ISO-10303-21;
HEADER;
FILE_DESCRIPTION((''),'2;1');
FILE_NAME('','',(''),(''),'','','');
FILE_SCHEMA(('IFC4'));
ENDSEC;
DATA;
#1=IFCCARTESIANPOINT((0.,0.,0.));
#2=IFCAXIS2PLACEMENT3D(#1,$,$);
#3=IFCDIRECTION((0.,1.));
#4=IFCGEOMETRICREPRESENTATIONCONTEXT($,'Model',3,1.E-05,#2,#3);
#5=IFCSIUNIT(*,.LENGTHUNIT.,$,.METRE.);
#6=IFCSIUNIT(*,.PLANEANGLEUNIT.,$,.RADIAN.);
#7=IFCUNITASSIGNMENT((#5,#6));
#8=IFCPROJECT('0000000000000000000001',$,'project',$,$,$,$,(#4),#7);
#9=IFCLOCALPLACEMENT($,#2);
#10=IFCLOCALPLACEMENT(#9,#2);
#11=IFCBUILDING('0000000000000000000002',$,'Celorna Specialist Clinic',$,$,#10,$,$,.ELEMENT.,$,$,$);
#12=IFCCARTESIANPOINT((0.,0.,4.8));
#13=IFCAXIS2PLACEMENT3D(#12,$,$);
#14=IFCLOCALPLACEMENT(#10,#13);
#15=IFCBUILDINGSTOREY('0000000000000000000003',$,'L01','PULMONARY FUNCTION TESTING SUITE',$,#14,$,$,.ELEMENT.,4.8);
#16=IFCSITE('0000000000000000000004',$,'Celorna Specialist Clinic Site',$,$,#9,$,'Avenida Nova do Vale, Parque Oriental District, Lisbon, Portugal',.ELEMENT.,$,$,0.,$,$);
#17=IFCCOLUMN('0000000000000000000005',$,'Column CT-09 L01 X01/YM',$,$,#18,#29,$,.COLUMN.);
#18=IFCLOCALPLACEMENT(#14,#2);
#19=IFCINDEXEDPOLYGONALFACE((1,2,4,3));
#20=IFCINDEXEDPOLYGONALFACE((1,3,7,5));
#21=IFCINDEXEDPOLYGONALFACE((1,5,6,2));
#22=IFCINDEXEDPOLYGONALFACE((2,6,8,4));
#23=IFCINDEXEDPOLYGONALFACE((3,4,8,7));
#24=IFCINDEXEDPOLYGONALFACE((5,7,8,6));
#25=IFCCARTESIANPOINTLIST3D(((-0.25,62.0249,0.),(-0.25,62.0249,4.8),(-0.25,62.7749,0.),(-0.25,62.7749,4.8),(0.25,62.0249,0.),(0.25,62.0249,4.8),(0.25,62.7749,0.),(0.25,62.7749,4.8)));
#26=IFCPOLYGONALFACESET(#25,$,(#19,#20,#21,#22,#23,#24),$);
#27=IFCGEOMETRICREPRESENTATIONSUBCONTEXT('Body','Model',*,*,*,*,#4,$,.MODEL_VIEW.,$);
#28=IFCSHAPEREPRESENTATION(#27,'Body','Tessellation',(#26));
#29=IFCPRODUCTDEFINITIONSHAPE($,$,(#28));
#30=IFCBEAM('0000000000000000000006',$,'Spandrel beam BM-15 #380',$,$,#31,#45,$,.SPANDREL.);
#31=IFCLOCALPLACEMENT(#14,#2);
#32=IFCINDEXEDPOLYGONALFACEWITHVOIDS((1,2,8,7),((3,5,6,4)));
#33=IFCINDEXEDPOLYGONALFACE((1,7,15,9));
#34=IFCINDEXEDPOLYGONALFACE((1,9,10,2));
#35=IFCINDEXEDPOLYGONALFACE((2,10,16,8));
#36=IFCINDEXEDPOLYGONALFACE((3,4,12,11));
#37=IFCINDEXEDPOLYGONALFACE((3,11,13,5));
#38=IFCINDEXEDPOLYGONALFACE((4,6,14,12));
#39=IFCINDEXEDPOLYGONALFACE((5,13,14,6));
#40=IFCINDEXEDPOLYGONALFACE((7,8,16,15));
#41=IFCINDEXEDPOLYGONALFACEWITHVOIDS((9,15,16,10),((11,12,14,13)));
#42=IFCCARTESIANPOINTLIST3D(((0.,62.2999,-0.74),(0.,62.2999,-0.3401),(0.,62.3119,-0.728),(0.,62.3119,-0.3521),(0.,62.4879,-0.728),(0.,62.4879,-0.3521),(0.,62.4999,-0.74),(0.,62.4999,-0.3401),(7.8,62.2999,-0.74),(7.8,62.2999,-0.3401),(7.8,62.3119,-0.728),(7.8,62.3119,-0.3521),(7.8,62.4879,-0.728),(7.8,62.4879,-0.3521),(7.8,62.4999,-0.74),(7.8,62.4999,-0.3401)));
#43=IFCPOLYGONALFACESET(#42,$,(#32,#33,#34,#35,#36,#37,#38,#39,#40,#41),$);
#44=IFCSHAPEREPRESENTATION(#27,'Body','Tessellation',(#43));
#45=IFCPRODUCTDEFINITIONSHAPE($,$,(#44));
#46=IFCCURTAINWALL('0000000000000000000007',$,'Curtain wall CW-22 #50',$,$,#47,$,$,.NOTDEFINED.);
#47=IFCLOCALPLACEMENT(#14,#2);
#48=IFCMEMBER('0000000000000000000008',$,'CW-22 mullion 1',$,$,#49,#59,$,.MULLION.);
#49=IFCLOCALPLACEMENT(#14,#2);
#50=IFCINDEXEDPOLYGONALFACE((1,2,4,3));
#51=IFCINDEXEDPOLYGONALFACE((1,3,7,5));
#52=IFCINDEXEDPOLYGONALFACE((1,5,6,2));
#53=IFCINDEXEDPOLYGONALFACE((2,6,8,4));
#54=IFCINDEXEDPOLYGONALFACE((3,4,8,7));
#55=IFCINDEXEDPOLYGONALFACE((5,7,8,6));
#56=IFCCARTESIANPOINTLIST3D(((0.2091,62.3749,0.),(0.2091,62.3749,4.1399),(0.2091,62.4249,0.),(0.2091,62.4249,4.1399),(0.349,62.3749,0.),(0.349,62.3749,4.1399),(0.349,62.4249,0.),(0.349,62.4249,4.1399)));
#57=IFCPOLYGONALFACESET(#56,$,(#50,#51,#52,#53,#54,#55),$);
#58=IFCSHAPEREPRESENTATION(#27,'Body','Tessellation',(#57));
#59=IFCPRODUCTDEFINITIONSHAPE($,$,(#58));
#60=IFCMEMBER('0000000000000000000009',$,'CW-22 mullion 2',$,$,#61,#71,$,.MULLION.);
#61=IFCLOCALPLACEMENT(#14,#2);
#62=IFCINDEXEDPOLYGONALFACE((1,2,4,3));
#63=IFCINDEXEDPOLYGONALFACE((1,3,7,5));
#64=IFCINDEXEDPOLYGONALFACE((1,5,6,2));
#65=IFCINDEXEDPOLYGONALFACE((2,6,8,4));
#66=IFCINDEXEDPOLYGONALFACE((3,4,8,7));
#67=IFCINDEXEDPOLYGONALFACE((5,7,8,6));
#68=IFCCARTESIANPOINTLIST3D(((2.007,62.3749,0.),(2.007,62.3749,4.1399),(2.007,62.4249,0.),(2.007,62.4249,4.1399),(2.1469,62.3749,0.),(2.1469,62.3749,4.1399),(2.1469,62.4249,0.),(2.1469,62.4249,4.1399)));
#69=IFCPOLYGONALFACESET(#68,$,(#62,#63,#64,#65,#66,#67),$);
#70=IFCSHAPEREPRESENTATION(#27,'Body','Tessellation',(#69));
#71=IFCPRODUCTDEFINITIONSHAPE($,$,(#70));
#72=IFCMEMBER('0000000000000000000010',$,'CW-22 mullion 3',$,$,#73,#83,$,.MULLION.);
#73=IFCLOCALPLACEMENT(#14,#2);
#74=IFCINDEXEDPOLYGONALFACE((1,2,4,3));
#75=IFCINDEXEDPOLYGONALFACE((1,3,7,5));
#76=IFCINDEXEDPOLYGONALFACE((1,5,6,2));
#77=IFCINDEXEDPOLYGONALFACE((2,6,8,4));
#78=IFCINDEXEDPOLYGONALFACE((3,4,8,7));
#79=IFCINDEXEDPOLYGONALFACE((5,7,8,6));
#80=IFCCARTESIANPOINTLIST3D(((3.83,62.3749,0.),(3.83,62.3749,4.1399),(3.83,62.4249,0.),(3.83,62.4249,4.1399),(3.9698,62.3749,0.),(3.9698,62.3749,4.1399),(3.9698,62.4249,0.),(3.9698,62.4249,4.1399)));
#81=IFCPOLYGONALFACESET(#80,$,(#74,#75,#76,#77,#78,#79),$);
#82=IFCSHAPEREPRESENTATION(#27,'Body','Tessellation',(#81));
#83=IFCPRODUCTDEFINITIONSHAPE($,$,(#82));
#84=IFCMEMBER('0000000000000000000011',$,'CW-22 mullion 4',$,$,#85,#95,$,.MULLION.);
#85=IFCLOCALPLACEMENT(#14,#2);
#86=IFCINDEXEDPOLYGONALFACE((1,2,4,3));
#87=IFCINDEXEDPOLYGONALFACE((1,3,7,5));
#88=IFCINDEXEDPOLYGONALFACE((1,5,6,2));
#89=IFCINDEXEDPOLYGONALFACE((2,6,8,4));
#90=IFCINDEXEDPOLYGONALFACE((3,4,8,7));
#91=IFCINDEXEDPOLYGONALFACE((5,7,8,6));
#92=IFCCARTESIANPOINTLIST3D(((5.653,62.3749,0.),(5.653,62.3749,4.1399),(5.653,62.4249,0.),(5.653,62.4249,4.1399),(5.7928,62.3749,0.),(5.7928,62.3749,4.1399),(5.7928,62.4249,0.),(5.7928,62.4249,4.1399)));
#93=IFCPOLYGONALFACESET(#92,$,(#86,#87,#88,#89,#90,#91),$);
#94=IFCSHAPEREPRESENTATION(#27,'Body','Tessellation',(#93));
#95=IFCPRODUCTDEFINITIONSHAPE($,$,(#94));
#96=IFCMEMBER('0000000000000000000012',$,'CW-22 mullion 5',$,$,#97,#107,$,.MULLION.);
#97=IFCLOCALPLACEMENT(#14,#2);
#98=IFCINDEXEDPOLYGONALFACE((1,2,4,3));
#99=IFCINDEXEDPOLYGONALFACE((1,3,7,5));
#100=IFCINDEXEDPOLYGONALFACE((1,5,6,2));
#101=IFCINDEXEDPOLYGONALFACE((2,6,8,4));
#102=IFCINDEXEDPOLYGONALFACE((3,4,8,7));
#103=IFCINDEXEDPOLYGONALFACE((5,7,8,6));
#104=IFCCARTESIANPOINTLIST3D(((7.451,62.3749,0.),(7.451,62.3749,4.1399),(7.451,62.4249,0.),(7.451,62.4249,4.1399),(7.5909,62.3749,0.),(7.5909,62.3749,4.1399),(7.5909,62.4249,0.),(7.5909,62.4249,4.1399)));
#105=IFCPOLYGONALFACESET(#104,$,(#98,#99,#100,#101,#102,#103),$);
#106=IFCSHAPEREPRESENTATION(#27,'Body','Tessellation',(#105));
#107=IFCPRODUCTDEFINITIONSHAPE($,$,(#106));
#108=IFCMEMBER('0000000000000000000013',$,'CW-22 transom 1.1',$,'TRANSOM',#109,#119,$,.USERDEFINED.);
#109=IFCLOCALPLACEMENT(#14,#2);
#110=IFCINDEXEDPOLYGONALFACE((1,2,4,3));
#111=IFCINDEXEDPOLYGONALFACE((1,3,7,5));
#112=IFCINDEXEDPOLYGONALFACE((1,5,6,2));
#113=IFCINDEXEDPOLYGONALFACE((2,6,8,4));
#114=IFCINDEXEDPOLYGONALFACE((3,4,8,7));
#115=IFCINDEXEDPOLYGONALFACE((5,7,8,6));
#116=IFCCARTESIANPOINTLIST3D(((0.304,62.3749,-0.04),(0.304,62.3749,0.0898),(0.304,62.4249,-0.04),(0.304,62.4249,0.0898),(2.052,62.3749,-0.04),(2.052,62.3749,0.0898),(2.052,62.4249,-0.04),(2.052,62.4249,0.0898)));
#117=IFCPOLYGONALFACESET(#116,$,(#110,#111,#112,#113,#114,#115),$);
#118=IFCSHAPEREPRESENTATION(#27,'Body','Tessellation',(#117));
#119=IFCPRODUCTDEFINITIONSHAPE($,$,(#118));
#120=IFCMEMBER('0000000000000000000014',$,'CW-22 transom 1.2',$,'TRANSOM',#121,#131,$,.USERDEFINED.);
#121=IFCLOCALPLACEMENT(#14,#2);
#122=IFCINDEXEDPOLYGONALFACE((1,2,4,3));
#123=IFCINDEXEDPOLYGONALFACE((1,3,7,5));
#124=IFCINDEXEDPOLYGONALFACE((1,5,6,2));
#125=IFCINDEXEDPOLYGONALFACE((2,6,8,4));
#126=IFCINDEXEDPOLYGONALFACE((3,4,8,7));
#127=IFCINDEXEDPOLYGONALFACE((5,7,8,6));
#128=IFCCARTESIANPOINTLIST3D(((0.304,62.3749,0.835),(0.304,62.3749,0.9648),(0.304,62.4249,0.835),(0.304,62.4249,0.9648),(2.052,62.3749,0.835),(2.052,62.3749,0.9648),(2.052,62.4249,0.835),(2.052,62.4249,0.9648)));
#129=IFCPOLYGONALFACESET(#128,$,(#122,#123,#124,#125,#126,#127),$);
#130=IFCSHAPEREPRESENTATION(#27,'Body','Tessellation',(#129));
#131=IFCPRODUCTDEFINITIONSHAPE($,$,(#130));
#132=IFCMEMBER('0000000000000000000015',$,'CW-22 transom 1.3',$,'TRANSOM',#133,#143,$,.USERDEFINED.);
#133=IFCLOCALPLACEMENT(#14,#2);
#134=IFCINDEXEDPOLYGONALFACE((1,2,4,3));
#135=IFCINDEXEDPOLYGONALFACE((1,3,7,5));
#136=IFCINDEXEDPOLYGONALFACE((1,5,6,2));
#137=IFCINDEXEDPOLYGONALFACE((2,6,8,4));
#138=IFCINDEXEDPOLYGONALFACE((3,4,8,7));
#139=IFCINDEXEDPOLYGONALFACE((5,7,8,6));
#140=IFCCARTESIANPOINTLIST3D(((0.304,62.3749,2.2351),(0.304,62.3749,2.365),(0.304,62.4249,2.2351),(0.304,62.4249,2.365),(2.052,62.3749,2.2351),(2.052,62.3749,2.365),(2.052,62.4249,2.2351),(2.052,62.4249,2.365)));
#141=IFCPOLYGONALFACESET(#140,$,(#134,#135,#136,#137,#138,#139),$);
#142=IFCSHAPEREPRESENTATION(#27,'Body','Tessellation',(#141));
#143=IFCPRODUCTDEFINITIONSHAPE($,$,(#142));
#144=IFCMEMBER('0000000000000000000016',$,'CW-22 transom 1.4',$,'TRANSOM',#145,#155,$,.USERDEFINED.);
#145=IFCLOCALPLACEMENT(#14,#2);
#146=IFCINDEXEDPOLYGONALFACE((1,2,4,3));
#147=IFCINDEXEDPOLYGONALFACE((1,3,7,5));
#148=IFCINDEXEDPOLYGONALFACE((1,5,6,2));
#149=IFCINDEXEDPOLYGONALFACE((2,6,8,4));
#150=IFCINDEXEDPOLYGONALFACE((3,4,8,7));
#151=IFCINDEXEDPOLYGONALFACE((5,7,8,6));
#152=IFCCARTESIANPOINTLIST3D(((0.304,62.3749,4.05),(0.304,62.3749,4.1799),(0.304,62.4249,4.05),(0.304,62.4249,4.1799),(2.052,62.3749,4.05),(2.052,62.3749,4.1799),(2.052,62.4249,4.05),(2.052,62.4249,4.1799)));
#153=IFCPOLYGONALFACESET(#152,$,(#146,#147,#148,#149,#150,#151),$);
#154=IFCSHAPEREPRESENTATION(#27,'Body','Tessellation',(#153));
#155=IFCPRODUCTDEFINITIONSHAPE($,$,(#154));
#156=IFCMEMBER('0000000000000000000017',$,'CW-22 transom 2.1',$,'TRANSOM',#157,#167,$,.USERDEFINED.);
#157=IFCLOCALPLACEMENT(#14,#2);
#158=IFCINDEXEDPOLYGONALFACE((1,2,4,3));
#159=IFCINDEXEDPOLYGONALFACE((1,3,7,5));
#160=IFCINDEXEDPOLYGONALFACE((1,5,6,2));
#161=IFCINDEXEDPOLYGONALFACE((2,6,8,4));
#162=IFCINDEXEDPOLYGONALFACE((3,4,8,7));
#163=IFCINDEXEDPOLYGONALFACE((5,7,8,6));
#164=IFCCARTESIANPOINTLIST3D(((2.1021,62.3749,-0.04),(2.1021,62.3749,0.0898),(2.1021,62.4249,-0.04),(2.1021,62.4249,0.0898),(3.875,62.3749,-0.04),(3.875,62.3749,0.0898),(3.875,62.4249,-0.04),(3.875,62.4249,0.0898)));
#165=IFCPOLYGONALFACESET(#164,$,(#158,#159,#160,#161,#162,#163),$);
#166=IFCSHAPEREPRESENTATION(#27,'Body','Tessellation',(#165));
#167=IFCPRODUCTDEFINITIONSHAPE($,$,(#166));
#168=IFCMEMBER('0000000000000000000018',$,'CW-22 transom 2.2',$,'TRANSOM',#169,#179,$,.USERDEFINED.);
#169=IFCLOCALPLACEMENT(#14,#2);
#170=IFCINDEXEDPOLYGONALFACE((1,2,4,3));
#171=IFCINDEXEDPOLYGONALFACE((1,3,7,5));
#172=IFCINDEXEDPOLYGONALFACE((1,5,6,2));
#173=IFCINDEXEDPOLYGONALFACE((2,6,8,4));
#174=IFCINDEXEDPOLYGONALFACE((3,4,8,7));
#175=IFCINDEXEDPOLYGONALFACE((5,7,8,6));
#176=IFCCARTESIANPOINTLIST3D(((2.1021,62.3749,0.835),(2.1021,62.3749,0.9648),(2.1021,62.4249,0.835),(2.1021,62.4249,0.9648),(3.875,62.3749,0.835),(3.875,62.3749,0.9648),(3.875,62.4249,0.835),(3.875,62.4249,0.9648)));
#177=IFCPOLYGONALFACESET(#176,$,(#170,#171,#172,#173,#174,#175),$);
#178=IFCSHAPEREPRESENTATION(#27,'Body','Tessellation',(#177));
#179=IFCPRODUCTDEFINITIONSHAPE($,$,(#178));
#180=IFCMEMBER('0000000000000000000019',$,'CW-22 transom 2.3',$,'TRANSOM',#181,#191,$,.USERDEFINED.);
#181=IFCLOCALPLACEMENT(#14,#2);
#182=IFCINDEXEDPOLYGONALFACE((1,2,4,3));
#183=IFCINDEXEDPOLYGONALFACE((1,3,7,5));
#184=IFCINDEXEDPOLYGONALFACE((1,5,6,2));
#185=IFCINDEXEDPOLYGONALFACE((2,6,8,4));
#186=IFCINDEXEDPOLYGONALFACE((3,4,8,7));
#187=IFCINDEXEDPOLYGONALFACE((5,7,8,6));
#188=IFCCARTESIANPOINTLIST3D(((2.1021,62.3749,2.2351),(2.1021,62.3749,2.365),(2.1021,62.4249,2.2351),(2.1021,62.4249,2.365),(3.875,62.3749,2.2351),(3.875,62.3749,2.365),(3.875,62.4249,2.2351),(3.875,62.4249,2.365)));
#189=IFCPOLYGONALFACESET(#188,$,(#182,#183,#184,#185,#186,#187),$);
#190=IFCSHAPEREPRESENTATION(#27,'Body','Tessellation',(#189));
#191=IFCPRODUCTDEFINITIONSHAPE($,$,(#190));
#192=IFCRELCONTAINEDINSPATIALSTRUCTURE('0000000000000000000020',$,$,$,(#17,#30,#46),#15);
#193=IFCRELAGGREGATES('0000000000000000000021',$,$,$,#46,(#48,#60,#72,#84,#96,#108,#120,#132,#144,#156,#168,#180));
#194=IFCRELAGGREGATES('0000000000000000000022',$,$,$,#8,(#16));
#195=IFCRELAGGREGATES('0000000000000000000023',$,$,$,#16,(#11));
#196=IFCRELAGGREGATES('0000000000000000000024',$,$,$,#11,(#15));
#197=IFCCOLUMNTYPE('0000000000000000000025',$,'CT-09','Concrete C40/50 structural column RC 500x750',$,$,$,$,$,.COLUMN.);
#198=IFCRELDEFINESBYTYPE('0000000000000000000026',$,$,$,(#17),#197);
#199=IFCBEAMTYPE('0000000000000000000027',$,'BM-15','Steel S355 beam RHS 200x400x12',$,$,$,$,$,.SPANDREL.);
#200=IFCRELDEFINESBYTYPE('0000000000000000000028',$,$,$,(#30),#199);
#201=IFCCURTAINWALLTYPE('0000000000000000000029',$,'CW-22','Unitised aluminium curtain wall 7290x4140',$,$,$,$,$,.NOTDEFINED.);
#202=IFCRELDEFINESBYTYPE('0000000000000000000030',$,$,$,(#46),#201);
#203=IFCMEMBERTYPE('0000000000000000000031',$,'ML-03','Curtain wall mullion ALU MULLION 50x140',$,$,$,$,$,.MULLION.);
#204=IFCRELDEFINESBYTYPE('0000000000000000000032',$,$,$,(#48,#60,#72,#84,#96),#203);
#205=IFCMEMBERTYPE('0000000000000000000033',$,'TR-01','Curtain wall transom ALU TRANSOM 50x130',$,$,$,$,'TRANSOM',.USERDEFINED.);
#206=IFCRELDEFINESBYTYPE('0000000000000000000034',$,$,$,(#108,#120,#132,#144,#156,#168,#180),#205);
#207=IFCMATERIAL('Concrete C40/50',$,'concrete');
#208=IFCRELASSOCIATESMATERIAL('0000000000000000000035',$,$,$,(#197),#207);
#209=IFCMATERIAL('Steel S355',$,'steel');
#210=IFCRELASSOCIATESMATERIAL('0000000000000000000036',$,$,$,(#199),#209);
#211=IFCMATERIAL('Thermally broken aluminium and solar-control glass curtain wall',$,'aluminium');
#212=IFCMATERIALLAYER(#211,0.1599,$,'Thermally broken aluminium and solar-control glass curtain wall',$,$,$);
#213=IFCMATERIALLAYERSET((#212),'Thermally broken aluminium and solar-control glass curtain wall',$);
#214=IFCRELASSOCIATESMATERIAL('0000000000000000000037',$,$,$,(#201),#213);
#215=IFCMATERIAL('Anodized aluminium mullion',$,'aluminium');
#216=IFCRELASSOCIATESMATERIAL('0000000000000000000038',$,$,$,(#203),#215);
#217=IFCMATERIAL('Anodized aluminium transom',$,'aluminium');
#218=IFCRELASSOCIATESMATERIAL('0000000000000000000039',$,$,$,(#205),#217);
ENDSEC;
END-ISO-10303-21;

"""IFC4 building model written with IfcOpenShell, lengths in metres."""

from ifc_helpers import new_model, si_unit, direction, frame, origin, origin_2d, place, context, subcontext, project, spatial, rectangle, hollow_rectangle, extrude, material, layer, layer_set, material_profile, profile_set, type_object, element, aggregate, save


model = new_model("IFC4")

# Units and contexts
model_context = context("Model", 3, precision=1e-05, world=origin(), true_north=direction((0.0, 1.0)))
body_context = subcontext(model_context, "Body", "Model", "MODEL_VIEW")
ifc_project = project(units=[si_unit("LENGTHUNIT", "METRE"), si_unit("PLANEANGLEUNIT", "RADIAN")], contexts=[model_context])

# Site, building, storey
site_placement = place(None, origin())
site = spatial("IfcSite", under=ifc_project, at=site_placement, Name="Celorna Specialist Clinic Site", LongName="Avenida Nova do Vale, Parque Oriental District, Lisbon, Portugal", CompositionType="ELEMENT", RefElevation=0.0)
building_placement = place(site_placement, origin())
building = spatial("IfcBuilding", under=site, at=building_placement, Name="Celorna Specialist Clinic", CompositionType="ELEMENT")
storey_placement = place(building_placement, frame((0.0, 0.0, 4.8)))
storey = spatial("IfcBuildingStorey", under=building, at=storey_placement, Name="L01", Description="PULMONARY FUNCTION TESTING SUITE", CompositionType="ELEMENT", Elevation=4.8)

# Column
ifc_material_1 = material(Name="Concrete C40/50", Category="concrete")
ifc_material_profile_1 = material_profile(ifc_material_1, rectangle(XDim=0.5, YDim=0.75, at=origin_2d()), Name="RC 500x750")
ifc_profile_set_1 = profile_set([ifc_material_profile_1], Name="Concrete C40/50")
column_type = type_object("IfcColumnType", Name="CT-09", Description="Concrete C40/50 structural column RC 500x750", PredefinedType="COLUMN", material=ifc_profile_set_1)
column_placement = place(storey_placement, frame((0.0, 62.3999, 0.0), z_axis=(0.0, 0.0, 1.0), x_axis=(1.0, 0.0, 0.0)))
element("IfcColumn", 1, at=column_placement, inside=storey, type_object=column_type, Name="Column CT-09 L01 X01/YM", PredefinedType="COLUMN", context=body_context, shape_type="SweptSolid", body=[
    extrude(rectangle(XDim=0.5, YDim=0.75, at=origin_2d()), origin(), (0.0, 0.0, 1.0), 4.8),
])

# Beam
ifc_material_2 = material(Name="Steel S355", Category="steel")
ifc_material_profile_2 = material_profile(ifc_material_2, hollow_rectangle(XDim=0.2, YDim=0.3999, WallThickness=0.012, at=origin_2d()), Name="RHS 200x400x12")
ifc_profile_set_2 = profile_set([ifc_material_profile_2], Name="Steel S355")
beam_type = type_object("IfcBeamType", Name="BM-15", Description="Steel S355 beam RHS 200x400x12", PredefinedType="SPANDREL", material=ifc_profile_set_2)
beam_placement = place(storey_placement, frame((0.0, 62.3999, -0.54), z_axis=(1.0, 0.0, 0.0), x_axis=(0.0, 1.0, 0.0)))
element("IfcBeam", 2, at=beam_placement, inside=storey, type_object=beam_type, Name="Spandrel beam BM-15 #380", PredefinedType="SPANDREL", context=body_context, shape_type="SweptSolid", body=[
    extrude(hollow_rectangle(XDim=0.2, YDim=0.3999, WallThickness=0.012, at=origin_2d()), origin(), (0.0, 0.0, 1.0), 7.8),
])

# Curtain wall, members
ifc_material_3 = material(Name="Thermally broken aluminium and solar-control glass curtain wall", Category="aluminium")
ifc_layer_1 = layer(ifc_material_3, 0.1599, Name="Thermally broken aluminium and solar-control glass curtain wall")
ifc_layer_set_1 = layer_set([ifc_layer_1], Name="Thermally broken aluminium and solar-control glass curtain wall")
curtain_wall_type = type_object("IfcCurtainWallType", Name="CW-22", Description="Unitised aluminium curtain wall 7290x4140", PredefinedType="NOTDEFINED", material=ifc_layer_set_1)
curtain_wall_placement = place(storey_placement, origin())
curtain_wall = element("IfcCurtainWall", 3, at=curtain_wall_placement, inside=storey, type_object=curtain_wall_type, Name="Curtain wall CW-22 #50", PredefinedType="NOTDEFINED")
ifc_material_4 = material(Name="Anodized aluminium mullion", Category="aluminium")
ifc_material_profile_3 = material_profile(ifc_material_4, rectangle(XDim=0.05, YDim=0.1399, at=origin_2d()), Name="ALU MULLION 50x140")
ifc_profile_set_3 = profile_set([ifc_material_profile_3], Name="Anodized aluminium mullion")
member_type_1 = type_object("IfcMemberType", Name="ML-03", Description="Curtain wall mullion ALU MULLION 50x140", PredefinedType="MULLION", material=ifc_profile_set_3)
member_1_placement = place(storey_placement, frame((0.2791, 62.3999, 0.0), z_axis=(0.0, 0.0, 1.0), x_axis=(0.0, 1.0, 0.0)))
member_1 = element("IfcMember", 4, at=member_1_placement, type_object=member_type_1, Name="CW-22 mullion 1", PredefinedType="MULLION", context=body_context, shape_type="SweptSolid", body=[
    extrude(rectangle(XDim=0.05, YDim=0.1399, at=origin_2d()), origin(), (0.0, 0.0, 1.0), 4.1399),
])
member_2_placement = place(storey_placement, frame((2.0769, 62.3999, 0.0), z_axis=(0.0, 0.0, 1.0), x_axis=(0.0, 1.0, 0.0)))
member_2 = element("IfcMember", 5, at=member_2_placement, type_object=member_type_1, Name="CW-22 mullion 2", PredefinedType="MULLION", context=body_context, shape_type="SweptSolid", body=[
    extrude(rectangle(XDim=0.05, YDim=0.1399, at=origin_2d()), origin(), (0.0, 0.0, 1.0), 4.1399),
])
member_3_placement = place(storey_placement, frame((3.8999, 62.3999, 0.0), z_axis=(0.0, 0.0, 1.0), x_axis=(0.0, 1.0, 0.0)))
member_3 = element("IfcMember", 6, at=member_3_placement, type_object=member_type_1, Name="CW-22 mullion 3", PredefinedType="MULLION", context=body_context, shape_type="SweptSolid", body=[
    extrude(rectangle(XDim=0.05, YDim=0.1399, at=origin_2d()), origin(), (0.0, 0.0, 1.0), 4.1399),
])
member_4_placement = place(storey_placement, frame((5.7229, 62.3999, 0.0), z_axis=(0.0, 0.0, 1.0), x_axis=(0.0, 1.0, 0.0)))
member_4 = element("IfcMember", 7, at=member_4_placement, type_object=member_type_1, Name="CW-22 mullion 4", PredefinedType="MULLION", context=body_context, shape_type="SweptSolid", body=[
    extrude(rectangle(XDim=0.05, YDim=0.1399, at=origin_2d()), origin(), (0.0, 0.0, 1.0), 4.1399),
])
member_5_placement = place(storey_placement, frame((7.521, 62.3999, 0.0), z_axis=(0.0, 0.0, 1.0), x_axis=(0.0, 1.0, 0.0)))
member_5 = element("IfcMember", 8, at=member_5_placement, type_object=member_type_1, Name="CW-22 mullion 5", PredefinedType="MULLION", context=body_context, shape_type="SweptSolid", body=[
    extrude(rectangle(XDim=0.05, YDim=0.1399, at=origin_2d()), origin(), (0.0, 0.0, 1.0), 4.1399),
])
ifc_material_5 = material(Name="Anodized aluminium transom", Category="aluminium")
ifc_material_profile_4 = material_profile(ifc_material_5, rectangle(XDim=0.05, YDim=0.1299, at=origin_2d()), Name="ALU TRANSOM 50x130")
ifc_profile_set_4 = profile_set([ifc_material_profile_4], Name="Anodized aluminium transom")
member_type_2 = type_object("IfcMemberType", Name="TR-01", Description="Curtain wall transom ALU TRANSOM 50x130", ElementType="TRANSOM", PredefinedType="USERDEFINED", material=ifc_profile_set_4)
member_6_placement = place(storey_placement, frame((0.304, 62.3999, 0.0249), z_axis=(1.0, 0.0, 0.0), x_axis=(0.0, 1.0, 0.0)))
member_6 = element("IfcMember", 9, at=member_6_placement, type_object=member_type_2, Name="CW-22 transom 1.1", ObjectType="TRANSOM", PredefinedType="USERDEFINED", context=body_context, shape_type="SweptSolid", body=[
    extrude(rectangle(XDim=0.05, YDim=0.1299, at=origin_2d()), origin(), (0.0, 0.0, 1.0), 1.748),
])
member_7_placement = place(storey_placement, frame((0.304, 62.3999, 0.8999), z_axis=(1.0, 0.0, 0.0), x_axis=(0.0, 1.0, 0.0)))
member_7 = element("IfcMember", 10, at=member_7_placement, type_object=member_type_2, Name="CW-22 transom 1.2", ObjectType="TRANSOM", PredefinedType="USERDEFINED", context=body_context, shape_type="SweptSolid", body=[
    extrude(rectangle(XDim=0.05, YDim=0.1299, at=origin_2d()), origin(), (0.0, 0.0, 1.0), 1.748),
])
member_8_placement = place(storey_placement, frame((0.304, 62.3999, 2.3), z_axis=(1.0, 0.0, 0.0), x_axis=(0.0, 1.0, 0.0)))
member_8 = element("IfcMember", 11, at=member_8_placement, type_object=member_type_2, Name="CW-22 transom 1.3", ObjectType="TRANSOM", PredefinedType="USERDEFINED", context=body_context, shape_type="SweptSolid", body=[
    extrude(rectangle(XDim=0.05, YDim=0.1299, at=origin_2d()), origin(), (0.0, 0.0, 1.0), 1.748),
])
member_9_placement = place(storey_placement, frame((0.304, 62.3999, 4.115), z_axis=(1.0, 0.0, 0.0), x_axis=(0.0, 1.0, 0.0)))
member_9 = element("IfcMember", 12, at=member_9_placement, type_object=member_type_2, Name="CW-22 transom 1.4", ObjectType="TRANSOM", PredefinedType="USERDEFINED", context=body_context, shape_type="SweptSolid", body=[
    extrude(rectangle(XDim=0.05, YDim=0.1299, at=origin_2d()), origin(), (0.0, 0.0, 1.0), 1.748),
])
member_10_placement = place(storey_placement, frame((2.1021, 62.3999, 0.0249), z_axis=(1.0, 0.0, 0.0), x_axis=(0.0, 1.0, 0.0)))
member_10 = element("IfcMember", 13, at=member_10_placement, type_object=member_type_2, Name="CW-22 transom 2.1", ObjectType="TRANSOM", PredefinedType="USERDEFINED", context=body_context, shape_type="SweptSolid", body=[
    extrude(rectangle(XDim=0.05, YDim=0.1299, at=origin_2d()), origin(), (0.0, 0.0, 1.0), 1.7729),
])
member_11_placement = place(storey_placement, frame((2.1021, 62.3999, 0.8999), z_axis=(1.0, 0.0, 0.0), x_axis=(0.0, 1.0, 0.0)))
member_11 = element("IfcMember", 14, at=member_11_placement, type_object=member_type_2, Name="CW-22 transom 2.2", ObjectType="TRANSOM", PredefinedType="USERDEFINED", context=body_context, shape_type="SweptSolid", body=[
    extrude(rectangle(XDim=0.05, YDim=0.1299, at=origin_2d()), origin(), (0.0, 0.0, 1.0), 1.7729),
])
member_12_placement = place(storey_placement, frame((2.1021, 62.3999, 2.3), z_axis=(1.0, 0.0, 0.0), x_axis=(0.0, 1.0, 0.0)))
member_12 = element("IfcMember", 15, at=member_12_placement, type_object=member_type_2, Name="CW-22 transom 2.3", ObjectType="TRANSOM", PredefinedType="USERDEFINED", context=body_context, shape_type="SweptSolid", body=[
    extrude(rectangle(XDim=0.05, YDim=0.1299, at=origin_2d()), origin(), (0.0, 0.0, 1.0), 1.7729),
])
aggregate(curtain_wall, [member_1, member_2, member_3, member_4, member_5, member_6, member_7, member_8, member_9, member_10, member_11, member_12])

save(model, "model.ifc")
